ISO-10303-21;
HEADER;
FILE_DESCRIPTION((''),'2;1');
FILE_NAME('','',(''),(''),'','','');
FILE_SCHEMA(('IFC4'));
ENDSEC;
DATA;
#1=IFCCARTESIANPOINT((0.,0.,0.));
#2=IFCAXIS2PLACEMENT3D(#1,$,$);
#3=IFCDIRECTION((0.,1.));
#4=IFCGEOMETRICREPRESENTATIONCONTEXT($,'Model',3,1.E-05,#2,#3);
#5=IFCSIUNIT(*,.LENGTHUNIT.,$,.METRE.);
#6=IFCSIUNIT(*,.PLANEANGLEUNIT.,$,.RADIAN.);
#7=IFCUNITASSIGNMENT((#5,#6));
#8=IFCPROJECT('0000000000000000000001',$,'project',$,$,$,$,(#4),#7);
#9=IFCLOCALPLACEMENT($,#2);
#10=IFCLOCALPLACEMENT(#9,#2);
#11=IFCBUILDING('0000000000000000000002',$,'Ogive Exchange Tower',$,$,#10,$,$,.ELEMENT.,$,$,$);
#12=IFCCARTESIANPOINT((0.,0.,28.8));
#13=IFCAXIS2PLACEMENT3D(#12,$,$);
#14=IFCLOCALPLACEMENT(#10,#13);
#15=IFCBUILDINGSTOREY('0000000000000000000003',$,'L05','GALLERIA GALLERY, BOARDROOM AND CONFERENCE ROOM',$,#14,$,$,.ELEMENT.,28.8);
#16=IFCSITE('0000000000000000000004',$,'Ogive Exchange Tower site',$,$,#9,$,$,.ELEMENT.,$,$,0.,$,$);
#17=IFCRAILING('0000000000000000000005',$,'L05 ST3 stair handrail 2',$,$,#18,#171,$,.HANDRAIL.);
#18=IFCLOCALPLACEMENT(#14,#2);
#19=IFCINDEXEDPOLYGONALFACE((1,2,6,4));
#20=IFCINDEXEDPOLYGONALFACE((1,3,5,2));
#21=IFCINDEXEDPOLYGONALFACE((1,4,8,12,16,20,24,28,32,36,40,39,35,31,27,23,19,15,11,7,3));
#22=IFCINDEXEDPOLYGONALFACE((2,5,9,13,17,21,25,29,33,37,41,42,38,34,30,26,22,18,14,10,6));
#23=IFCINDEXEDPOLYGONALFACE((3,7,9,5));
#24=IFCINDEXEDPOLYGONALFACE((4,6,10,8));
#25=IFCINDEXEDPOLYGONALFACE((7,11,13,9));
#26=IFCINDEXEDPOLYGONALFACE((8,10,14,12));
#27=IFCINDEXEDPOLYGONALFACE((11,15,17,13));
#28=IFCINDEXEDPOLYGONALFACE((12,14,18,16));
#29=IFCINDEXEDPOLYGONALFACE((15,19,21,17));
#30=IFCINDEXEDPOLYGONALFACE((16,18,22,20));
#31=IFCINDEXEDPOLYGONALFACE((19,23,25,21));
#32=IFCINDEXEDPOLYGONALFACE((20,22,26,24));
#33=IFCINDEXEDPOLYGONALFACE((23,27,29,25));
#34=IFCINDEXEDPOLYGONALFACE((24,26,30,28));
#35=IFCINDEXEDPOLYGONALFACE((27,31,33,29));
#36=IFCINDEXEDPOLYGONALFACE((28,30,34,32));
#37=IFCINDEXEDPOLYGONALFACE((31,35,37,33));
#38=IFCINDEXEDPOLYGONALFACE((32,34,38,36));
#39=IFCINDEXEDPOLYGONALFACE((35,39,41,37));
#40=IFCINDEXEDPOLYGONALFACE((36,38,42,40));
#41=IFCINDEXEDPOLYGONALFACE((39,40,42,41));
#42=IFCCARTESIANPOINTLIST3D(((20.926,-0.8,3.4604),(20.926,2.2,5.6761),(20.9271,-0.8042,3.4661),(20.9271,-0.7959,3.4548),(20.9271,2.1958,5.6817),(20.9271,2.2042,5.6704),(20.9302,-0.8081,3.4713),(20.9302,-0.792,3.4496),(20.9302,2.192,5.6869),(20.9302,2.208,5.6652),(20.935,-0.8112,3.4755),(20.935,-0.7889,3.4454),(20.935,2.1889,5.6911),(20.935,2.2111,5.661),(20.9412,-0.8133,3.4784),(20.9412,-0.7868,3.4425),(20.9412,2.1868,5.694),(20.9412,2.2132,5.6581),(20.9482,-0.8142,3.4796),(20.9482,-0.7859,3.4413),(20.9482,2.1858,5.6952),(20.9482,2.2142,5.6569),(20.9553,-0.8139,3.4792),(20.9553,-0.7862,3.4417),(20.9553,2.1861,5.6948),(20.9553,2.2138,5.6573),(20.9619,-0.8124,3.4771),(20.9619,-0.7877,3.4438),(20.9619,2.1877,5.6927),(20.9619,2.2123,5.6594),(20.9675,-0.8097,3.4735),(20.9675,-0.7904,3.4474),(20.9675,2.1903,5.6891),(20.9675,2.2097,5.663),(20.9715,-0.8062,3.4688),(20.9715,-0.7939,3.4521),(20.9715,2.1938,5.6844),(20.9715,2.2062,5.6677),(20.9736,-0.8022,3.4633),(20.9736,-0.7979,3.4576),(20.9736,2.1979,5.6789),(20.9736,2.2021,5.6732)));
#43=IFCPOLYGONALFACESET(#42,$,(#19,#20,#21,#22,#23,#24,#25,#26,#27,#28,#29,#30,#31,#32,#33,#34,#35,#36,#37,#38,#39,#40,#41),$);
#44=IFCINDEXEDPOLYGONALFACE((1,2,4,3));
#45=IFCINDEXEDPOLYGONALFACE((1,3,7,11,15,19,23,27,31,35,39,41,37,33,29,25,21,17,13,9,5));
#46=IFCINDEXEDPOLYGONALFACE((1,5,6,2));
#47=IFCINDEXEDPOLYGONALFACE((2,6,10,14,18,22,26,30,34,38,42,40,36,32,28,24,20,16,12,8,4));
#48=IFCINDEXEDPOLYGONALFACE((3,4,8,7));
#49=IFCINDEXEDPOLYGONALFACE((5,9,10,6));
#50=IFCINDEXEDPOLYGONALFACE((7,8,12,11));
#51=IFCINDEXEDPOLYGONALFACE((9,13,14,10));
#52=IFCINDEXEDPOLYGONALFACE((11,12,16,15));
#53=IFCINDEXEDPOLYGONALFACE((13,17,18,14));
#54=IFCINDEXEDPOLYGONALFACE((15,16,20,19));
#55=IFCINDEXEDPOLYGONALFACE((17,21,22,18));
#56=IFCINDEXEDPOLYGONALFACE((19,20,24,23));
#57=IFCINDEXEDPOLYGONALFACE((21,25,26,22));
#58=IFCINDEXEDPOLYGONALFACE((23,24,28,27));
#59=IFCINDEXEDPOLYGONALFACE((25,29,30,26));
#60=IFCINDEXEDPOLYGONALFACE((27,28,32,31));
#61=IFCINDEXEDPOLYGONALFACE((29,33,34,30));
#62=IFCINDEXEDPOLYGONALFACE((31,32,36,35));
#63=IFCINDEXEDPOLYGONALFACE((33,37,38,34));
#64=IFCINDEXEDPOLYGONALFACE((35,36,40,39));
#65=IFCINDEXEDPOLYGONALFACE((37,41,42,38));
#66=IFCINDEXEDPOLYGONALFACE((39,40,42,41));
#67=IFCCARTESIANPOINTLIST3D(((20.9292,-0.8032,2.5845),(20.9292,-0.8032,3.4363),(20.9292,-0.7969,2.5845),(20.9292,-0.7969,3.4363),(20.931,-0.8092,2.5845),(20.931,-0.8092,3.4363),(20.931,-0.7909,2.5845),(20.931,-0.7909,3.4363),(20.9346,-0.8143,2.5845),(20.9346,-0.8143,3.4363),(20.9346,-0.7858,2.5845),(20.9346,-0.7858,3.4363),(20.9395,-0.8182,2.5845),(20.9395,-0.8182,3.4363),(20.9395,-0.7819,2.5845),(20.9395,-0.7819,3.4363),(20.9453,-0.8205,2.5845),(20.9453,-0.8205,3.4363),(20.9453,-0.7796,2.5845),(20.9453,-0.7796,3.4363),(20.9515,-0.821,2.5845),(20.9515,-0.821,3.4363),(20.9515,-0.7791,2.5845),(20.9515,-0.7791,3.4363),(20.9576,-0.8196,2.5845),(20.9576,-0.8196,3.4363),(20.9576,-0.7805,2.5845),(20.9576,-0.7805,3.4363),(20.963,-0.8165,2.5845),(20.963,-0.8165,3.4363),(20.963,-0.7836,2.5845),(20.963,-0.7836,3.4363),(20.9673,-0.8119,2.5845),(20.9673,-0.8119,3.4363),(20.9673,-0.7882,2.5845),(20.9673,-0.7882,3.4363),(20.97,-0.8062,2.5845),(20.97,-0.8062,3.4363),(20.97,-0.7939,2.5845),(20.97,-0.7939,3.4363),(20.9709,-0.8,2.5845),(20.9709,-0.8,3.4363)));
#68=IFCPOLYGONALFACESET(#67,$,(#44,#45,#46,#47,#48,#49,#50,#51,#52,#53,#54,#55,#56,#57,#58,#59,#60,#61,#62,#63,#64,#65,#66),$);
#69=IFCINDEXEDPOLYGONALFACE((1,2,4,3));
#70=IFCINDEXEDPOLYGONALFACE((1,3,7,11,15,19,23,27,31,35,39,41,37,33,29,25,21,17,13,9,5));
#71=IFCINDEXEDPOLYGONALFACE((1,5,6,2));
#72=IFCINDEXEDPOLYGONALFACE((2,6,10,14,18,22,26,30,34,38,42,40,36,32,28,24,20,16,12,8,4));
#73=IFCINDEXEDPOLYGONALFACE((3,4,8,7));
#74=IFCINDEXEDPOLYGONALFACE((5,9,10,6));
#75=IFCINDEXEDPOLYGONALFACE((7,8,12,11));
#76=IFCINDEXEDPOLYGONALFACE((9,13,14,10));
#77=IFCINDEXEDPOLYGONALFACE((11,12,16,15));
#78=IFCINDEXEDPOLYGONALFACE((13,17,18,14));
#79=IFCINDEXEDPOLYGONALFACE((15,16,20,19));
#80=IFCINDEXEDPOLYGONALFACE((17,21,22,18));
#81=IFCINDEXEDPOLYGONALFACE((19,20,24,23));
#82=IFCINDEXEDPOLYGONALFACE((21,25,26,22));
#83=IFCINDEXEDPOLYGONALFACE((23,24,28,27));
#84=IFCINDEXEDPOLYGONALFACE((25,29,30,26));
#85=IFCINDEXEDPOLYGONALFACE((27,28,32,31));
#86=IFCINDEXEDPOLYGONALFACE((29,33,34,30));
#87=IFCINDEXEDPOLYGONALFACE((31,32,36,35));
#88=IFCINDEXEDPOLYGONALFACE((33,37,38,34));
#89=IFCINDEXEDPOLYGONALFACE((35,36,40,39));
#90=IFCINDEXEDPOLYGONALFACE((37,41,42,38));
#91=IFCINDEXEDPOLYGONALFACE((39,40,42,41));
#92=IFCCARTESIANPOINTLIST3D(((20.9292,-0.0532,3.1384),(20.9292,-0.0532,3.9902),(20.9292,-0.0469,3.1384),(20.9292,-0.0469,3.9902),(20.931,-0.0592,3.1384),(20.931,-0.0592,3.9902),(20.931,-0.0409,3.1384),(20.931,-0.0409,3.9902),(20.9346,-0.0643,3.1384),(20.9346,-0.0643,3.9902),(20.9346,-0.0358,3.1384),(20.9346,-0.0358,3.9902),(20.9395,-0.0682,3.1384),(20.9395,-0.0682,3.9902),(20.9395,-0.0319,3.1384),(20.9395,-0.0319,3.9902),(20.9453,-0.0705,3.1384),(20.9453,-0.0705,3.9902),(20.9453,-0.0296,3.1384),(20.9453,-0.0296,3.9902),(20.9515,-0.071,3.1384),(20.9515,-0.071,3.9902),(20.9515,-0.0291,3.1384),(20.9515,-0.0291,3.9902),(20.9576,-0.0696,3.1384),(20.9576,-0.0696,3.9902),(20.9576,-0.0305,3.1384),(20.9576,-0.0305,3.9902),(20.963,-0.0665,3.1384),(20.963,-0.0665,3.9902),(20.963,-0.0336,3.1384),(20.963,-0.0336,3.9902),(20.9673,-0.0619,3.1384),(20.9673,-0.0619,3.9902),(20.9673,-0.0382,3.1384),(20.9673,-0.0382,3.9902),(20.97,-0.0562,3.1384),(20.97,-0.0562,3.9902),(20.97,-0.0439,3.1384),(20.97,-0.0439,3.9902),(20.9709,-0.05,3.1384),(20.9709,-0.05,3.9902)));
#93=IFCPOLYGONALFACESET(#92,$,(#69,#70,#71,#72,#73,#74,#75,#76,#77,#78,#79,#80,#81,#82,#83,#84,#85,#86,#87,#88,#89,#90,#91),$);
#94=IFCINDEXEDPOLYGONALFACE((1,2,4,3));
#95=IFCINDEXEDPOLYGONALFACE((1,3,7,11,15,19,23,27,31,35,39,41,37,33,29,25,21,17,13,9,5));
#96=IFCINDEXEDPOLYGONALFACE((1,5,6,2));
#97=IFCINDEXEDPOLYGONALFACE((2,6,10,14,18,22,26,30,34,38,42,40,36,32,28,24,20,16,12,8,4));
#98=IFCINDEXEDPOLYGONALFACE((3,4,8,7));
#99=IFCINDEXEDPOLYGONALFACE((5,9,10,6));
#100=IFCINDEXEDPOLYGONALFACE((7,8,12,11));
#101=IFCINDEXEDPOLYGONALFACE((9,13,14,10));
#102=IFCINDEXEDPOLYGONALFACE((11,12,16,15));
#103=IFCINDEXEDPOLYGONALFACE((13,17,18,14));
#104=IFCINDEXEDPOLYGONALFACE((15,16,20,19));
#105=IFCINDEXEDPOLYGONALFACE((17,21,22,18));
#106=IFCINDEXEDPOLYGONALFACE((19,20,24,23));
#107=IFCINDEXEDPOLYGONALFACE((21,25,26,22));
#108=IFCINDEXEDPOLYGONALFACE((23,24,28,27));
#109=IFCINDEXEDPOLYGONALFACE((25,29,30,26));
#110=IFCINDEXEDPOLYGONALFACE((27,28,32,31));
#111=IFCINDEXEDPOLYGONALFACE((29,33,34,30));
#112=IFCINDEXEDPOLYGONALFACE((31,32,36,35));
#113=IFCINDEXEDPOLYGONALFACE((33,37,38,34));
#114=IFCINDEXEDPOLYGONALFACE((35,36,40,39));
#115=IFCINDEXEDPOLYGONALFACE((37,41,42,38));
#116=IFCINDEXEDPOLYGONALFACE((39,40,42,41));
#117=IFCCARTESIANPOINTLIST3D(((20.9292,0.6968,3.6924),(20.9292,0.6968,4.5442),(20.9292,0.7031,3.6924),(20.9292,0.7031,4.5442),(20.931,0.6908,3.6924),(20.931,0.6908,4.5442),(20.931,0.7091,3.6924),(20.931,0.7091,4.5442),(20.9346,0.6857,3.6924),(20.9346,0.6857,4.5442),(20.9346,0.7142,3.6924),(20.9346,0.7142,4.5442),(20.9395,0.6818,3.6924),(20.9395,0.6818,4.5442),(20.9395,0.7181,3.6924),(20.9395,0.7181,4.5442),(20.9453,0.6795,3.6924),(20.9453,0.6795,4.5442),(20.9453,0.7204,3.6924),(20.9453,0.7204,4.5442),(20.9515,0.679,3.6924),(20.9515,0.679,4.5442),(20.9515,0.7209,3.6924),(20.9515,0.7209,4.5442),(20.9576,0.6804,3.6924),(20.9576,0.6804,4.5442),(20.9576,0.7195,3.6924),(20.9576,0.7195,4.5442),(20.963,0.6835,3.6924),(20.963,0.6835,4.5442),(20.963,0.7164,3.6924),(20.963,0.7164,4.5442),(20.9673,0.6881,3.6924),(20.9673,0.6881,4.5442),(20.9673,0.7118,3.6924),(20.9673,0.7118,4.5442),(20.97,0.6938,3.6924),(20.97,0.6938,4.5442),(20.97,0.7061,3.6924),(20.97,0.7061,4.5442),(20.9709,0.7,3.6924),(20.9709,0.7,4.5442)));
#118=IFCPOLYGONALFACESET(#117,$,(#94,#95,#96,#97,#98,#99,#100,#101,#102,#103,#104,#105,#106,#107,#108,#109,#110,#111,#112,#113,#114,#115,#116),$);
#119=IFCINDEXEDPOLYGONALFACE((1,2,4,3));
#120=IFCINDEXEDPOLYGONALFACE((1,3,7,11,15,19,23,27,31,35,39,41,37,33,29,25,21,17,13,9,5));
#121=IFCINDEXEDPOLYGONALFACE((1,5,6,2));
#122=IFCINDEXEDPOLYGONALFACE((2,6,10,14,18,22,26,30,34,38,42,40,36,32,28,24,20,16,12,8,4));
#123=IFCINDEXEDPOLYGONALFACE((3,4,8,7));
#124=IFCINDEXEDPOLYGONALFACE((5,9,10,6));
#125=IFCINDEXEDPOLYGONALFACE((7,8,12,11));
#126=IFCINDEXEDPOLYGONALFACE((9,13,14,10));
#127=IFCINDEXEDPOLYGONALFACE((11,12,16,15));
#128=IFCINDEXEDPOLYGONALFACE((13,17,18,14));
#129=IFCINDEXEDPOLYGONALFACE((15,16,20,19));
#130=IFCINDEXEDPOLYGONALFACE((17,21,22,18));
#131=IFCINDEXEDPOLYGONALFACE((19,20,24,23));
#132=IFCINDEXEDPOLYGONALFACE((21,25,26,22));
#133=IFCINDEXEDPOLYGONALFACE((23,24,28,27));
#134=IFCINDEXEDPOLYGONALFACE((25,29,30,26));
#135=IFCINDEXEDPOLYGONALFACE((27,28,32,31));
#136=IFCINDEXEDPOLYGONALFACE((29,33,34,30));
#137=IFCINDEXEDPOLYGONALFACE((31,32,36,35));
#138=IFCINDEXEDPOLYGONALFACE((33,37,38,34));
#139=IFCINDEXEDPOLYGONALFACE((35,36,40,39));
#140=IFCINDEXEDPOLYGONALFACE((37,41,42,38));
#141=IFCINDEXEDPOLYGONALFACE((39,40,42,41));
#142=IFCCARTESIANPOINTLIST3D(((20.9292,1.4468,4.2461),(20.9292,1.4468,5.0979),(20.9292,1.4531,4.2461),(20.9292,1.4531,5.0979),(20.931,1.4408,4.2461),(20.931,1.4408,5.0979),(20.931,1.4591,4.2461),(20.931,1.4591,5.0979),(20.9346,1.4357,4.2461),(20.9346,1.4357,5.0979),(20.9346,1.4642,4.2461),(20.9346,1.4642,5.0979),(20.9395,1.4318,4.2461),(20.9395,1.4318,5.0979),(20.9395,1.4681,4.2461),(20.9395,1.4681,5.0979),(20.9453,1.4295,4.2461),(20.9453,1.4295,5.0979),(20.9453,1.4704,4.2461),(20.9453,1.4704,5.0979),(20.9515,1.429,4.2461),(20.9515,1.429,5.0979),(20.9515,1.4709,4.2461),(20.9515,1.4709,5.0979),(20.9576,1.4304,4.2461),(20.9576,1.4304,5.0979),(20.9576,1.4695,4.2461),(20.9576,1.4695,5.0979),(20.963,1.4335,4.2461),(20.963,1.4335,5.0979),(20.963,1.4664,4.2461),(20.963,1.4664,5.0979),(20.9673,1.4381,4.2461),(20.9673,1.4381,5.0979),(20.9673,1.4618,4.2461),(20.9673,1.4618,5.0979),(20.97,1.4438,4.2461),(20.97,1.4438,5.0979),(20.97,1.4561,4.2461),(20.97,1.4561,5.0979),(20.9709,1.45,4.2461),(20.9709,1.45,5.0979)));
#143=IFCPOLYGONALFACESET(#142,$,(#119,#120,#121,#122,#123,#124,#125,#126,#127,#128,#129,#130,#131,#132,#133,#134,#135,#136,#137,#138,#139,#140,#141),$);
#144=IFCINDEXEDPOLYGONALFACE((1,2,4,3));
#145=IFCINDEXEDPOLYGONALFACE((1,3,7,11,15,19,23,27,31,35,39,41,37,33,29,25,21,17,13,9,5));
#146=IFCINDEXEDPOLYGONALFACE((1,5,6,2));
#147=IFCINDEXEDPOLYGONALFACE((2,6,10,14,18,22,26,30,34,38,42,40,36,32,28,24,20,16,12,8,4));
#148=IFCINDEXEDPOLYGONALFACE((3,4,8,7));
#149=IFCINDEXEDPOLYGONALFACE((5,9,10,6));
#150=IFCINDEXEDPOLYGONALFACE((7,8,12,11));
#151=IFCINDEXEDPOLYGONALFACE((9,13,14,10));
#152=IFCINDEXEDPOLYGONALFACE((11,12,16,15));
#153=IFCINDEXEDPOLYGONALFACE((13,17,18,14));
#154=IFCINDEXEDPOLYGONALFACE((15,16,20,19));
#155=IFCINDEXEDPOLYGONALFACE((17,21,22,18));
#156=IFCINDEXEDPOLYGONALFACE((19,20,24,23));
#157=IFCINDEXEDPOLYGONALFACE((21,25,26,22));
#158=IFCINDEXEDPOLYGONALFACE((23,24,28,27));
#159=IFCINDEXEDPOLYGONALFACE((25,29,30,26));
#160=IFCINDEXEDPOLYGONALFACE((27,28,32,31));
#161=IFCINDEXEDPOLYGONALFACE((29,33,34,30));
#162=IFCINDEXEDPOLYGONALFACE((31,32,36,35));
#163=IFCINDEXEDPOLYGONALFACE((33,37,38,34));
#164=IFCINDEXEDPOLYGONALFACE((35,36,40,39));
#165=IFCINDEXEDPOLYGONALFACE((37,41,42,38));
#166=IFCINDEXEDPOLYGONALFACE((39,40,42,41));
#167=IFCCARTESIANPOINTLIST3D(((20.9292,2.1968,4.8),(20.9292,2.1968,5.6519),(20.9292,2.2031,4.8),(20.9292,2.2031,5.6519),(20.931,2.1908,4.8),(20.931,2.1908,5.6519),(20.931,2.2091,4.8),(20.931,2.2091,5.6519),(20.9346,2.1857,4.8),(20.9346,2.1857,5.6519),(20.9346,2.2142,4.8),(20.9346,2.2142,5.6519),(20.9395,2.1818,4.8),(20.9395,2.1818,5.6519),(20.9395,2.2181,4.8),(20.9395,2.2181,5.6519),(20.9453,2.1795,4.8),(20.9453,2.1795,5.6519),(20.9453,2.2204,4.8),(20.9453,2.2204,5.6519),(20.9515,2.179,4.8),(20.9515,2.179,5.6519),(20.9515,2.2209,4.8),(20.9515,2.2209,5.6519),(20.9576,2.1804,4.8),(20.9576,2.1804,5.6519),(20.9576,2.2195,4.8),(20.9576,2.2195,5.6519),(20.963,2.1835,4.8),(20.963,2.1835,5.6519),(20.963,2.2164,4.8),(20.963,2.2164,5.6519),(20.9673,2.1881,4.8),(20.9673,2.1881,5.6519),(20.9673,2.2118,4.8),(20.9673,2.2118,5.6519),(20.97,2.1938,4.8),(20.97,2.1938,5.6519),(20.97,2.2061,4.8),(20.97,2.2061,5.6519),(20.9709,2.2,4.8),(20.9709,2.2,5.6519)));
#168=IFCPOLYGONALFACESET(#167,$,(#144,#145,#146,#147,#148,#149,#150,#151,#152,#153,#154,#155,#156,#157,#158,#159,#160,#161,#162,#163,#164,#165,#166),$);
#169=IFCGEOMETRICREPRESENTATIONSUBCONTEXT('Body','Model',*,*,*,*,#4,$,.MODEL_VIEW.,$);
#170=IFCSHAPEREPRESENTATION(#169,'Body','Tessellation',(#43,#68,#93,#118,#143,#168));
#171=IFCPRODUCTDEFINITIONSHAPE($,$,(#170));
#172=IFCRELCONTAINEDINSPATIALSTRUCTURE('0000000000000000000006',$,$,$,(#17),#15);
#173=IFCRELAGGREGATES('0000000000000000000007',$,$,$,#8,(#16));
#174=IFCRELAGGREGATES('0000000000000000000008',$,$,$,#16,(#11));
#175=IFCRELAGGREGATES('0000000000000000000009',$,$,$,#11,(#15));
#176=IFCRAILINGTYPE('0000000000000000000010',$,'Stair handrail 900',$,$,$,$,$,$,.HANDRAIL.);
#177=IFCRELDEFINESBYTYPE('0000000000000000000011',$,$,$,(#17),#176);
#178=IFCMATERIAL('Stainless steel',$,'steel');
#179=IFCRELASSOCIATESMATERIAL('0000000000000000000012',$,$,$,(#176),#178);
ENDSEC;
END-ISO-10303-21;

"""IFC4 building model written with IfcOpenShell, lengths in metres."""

from ifc_helpers import new_model, si_unit, direction, frame, origin, origin_2d, place, context, subcontext, project, spatial, circle, extrude, material, type_object, element, save


model = new_model("IFC4")

# Units and contexts
model_context = context("Model", 3, precision=1e-05, world=origin(), true_north=direction((0.0, 1.0)))
body_context = subcontext(model_context, "Body", "Model", "MODEL_VIEW")
ifc_project = project(units=[si_unit("LENGTHUNIT", "METRE"), si_unit("PLANEANGLEUNIT", "RADIAN")], contexts=[model_context])

# Site, building, storey
site_placement = place(None, origin())
site = spatial("IfcSite", under=ifc_project, at=site_placement, Name="Ogive Exchange Tower site", CompositionType="ELEMENT", RefElevation=0.0)
building_placement = place(site_placement, origin())
building = spatial("IfcBuilding", under=site, at=building_placement, Name="Ogive Exchange Tower", CompositionType="ELEMENT")
storey_placement = place(building_placement, frame((0.0, 0.0, 28.8)))
storey = spatial("IfcBuildingStorey", under=building, at=storey_placement, Name="L05", Description="GALLERIA GALLERY, BOARDROOM AND CONFERENCE ROOM", CompositionType="ELEMENT", Elevation=28.8)

# Shared definitions
ifc_material_1 = material(Name="Stainless steel", Category="steel")

# Railing
railing_type = type_object("IfcRailingType", Name="Stair handrail 900", PredefinedType="HANDRAIL", material=ifc_material_1)
railing_1_placement = place(storey_placement, frame((20.95, -0.8, 2.5845)))
element("IfcRailing", 1, at=railing_1_placement, inside=storey, type_object=railing_type, Name="L05 ST3 stair handrail 2", PredefinedType="HANDRAIL", context=body_context, shape_type="SweptSolid", body=[
    extrude(circle(Radius=0.0239, at=origin_2d()), frame((0.0, 0.0, 0.876), z_axis=(0.0, 0.804409, 0.594076), x_axis=(-1.0, 0.0, 0.0)), (0.0, 0.0, 1.0), 3.7295),
    extrude(circle(Radius=0.021, at=origin_2d()), origin(), (0.0, 0.0, 1.0), 0.8518),
    extrude(circle(Radius=0.021, at=origin_2d()), frame((0.0, 0.75, 0.554)), (0.0, 0.0, 1.0), 0.8518),
    extrude(circle(Radius=0.021, at=origin_2d()), frame((0.0, 1.5, 1.1079)), (0.0, 0.0, 1.0), 0.8518),
    extrude(circle(Radius=0.021, at=origin_2d()), frame((0.0, 2.25, 1.6616)), (0.0, 0.0, 1.0), 0.8518),
    extrude(circle(Radius=0.021, at=origin_2d()), frame((0.0, 3.0, 2.2156)), (0.0, 0.0, 1.0), 0.8518),
])

save(model, "model.ifc")
